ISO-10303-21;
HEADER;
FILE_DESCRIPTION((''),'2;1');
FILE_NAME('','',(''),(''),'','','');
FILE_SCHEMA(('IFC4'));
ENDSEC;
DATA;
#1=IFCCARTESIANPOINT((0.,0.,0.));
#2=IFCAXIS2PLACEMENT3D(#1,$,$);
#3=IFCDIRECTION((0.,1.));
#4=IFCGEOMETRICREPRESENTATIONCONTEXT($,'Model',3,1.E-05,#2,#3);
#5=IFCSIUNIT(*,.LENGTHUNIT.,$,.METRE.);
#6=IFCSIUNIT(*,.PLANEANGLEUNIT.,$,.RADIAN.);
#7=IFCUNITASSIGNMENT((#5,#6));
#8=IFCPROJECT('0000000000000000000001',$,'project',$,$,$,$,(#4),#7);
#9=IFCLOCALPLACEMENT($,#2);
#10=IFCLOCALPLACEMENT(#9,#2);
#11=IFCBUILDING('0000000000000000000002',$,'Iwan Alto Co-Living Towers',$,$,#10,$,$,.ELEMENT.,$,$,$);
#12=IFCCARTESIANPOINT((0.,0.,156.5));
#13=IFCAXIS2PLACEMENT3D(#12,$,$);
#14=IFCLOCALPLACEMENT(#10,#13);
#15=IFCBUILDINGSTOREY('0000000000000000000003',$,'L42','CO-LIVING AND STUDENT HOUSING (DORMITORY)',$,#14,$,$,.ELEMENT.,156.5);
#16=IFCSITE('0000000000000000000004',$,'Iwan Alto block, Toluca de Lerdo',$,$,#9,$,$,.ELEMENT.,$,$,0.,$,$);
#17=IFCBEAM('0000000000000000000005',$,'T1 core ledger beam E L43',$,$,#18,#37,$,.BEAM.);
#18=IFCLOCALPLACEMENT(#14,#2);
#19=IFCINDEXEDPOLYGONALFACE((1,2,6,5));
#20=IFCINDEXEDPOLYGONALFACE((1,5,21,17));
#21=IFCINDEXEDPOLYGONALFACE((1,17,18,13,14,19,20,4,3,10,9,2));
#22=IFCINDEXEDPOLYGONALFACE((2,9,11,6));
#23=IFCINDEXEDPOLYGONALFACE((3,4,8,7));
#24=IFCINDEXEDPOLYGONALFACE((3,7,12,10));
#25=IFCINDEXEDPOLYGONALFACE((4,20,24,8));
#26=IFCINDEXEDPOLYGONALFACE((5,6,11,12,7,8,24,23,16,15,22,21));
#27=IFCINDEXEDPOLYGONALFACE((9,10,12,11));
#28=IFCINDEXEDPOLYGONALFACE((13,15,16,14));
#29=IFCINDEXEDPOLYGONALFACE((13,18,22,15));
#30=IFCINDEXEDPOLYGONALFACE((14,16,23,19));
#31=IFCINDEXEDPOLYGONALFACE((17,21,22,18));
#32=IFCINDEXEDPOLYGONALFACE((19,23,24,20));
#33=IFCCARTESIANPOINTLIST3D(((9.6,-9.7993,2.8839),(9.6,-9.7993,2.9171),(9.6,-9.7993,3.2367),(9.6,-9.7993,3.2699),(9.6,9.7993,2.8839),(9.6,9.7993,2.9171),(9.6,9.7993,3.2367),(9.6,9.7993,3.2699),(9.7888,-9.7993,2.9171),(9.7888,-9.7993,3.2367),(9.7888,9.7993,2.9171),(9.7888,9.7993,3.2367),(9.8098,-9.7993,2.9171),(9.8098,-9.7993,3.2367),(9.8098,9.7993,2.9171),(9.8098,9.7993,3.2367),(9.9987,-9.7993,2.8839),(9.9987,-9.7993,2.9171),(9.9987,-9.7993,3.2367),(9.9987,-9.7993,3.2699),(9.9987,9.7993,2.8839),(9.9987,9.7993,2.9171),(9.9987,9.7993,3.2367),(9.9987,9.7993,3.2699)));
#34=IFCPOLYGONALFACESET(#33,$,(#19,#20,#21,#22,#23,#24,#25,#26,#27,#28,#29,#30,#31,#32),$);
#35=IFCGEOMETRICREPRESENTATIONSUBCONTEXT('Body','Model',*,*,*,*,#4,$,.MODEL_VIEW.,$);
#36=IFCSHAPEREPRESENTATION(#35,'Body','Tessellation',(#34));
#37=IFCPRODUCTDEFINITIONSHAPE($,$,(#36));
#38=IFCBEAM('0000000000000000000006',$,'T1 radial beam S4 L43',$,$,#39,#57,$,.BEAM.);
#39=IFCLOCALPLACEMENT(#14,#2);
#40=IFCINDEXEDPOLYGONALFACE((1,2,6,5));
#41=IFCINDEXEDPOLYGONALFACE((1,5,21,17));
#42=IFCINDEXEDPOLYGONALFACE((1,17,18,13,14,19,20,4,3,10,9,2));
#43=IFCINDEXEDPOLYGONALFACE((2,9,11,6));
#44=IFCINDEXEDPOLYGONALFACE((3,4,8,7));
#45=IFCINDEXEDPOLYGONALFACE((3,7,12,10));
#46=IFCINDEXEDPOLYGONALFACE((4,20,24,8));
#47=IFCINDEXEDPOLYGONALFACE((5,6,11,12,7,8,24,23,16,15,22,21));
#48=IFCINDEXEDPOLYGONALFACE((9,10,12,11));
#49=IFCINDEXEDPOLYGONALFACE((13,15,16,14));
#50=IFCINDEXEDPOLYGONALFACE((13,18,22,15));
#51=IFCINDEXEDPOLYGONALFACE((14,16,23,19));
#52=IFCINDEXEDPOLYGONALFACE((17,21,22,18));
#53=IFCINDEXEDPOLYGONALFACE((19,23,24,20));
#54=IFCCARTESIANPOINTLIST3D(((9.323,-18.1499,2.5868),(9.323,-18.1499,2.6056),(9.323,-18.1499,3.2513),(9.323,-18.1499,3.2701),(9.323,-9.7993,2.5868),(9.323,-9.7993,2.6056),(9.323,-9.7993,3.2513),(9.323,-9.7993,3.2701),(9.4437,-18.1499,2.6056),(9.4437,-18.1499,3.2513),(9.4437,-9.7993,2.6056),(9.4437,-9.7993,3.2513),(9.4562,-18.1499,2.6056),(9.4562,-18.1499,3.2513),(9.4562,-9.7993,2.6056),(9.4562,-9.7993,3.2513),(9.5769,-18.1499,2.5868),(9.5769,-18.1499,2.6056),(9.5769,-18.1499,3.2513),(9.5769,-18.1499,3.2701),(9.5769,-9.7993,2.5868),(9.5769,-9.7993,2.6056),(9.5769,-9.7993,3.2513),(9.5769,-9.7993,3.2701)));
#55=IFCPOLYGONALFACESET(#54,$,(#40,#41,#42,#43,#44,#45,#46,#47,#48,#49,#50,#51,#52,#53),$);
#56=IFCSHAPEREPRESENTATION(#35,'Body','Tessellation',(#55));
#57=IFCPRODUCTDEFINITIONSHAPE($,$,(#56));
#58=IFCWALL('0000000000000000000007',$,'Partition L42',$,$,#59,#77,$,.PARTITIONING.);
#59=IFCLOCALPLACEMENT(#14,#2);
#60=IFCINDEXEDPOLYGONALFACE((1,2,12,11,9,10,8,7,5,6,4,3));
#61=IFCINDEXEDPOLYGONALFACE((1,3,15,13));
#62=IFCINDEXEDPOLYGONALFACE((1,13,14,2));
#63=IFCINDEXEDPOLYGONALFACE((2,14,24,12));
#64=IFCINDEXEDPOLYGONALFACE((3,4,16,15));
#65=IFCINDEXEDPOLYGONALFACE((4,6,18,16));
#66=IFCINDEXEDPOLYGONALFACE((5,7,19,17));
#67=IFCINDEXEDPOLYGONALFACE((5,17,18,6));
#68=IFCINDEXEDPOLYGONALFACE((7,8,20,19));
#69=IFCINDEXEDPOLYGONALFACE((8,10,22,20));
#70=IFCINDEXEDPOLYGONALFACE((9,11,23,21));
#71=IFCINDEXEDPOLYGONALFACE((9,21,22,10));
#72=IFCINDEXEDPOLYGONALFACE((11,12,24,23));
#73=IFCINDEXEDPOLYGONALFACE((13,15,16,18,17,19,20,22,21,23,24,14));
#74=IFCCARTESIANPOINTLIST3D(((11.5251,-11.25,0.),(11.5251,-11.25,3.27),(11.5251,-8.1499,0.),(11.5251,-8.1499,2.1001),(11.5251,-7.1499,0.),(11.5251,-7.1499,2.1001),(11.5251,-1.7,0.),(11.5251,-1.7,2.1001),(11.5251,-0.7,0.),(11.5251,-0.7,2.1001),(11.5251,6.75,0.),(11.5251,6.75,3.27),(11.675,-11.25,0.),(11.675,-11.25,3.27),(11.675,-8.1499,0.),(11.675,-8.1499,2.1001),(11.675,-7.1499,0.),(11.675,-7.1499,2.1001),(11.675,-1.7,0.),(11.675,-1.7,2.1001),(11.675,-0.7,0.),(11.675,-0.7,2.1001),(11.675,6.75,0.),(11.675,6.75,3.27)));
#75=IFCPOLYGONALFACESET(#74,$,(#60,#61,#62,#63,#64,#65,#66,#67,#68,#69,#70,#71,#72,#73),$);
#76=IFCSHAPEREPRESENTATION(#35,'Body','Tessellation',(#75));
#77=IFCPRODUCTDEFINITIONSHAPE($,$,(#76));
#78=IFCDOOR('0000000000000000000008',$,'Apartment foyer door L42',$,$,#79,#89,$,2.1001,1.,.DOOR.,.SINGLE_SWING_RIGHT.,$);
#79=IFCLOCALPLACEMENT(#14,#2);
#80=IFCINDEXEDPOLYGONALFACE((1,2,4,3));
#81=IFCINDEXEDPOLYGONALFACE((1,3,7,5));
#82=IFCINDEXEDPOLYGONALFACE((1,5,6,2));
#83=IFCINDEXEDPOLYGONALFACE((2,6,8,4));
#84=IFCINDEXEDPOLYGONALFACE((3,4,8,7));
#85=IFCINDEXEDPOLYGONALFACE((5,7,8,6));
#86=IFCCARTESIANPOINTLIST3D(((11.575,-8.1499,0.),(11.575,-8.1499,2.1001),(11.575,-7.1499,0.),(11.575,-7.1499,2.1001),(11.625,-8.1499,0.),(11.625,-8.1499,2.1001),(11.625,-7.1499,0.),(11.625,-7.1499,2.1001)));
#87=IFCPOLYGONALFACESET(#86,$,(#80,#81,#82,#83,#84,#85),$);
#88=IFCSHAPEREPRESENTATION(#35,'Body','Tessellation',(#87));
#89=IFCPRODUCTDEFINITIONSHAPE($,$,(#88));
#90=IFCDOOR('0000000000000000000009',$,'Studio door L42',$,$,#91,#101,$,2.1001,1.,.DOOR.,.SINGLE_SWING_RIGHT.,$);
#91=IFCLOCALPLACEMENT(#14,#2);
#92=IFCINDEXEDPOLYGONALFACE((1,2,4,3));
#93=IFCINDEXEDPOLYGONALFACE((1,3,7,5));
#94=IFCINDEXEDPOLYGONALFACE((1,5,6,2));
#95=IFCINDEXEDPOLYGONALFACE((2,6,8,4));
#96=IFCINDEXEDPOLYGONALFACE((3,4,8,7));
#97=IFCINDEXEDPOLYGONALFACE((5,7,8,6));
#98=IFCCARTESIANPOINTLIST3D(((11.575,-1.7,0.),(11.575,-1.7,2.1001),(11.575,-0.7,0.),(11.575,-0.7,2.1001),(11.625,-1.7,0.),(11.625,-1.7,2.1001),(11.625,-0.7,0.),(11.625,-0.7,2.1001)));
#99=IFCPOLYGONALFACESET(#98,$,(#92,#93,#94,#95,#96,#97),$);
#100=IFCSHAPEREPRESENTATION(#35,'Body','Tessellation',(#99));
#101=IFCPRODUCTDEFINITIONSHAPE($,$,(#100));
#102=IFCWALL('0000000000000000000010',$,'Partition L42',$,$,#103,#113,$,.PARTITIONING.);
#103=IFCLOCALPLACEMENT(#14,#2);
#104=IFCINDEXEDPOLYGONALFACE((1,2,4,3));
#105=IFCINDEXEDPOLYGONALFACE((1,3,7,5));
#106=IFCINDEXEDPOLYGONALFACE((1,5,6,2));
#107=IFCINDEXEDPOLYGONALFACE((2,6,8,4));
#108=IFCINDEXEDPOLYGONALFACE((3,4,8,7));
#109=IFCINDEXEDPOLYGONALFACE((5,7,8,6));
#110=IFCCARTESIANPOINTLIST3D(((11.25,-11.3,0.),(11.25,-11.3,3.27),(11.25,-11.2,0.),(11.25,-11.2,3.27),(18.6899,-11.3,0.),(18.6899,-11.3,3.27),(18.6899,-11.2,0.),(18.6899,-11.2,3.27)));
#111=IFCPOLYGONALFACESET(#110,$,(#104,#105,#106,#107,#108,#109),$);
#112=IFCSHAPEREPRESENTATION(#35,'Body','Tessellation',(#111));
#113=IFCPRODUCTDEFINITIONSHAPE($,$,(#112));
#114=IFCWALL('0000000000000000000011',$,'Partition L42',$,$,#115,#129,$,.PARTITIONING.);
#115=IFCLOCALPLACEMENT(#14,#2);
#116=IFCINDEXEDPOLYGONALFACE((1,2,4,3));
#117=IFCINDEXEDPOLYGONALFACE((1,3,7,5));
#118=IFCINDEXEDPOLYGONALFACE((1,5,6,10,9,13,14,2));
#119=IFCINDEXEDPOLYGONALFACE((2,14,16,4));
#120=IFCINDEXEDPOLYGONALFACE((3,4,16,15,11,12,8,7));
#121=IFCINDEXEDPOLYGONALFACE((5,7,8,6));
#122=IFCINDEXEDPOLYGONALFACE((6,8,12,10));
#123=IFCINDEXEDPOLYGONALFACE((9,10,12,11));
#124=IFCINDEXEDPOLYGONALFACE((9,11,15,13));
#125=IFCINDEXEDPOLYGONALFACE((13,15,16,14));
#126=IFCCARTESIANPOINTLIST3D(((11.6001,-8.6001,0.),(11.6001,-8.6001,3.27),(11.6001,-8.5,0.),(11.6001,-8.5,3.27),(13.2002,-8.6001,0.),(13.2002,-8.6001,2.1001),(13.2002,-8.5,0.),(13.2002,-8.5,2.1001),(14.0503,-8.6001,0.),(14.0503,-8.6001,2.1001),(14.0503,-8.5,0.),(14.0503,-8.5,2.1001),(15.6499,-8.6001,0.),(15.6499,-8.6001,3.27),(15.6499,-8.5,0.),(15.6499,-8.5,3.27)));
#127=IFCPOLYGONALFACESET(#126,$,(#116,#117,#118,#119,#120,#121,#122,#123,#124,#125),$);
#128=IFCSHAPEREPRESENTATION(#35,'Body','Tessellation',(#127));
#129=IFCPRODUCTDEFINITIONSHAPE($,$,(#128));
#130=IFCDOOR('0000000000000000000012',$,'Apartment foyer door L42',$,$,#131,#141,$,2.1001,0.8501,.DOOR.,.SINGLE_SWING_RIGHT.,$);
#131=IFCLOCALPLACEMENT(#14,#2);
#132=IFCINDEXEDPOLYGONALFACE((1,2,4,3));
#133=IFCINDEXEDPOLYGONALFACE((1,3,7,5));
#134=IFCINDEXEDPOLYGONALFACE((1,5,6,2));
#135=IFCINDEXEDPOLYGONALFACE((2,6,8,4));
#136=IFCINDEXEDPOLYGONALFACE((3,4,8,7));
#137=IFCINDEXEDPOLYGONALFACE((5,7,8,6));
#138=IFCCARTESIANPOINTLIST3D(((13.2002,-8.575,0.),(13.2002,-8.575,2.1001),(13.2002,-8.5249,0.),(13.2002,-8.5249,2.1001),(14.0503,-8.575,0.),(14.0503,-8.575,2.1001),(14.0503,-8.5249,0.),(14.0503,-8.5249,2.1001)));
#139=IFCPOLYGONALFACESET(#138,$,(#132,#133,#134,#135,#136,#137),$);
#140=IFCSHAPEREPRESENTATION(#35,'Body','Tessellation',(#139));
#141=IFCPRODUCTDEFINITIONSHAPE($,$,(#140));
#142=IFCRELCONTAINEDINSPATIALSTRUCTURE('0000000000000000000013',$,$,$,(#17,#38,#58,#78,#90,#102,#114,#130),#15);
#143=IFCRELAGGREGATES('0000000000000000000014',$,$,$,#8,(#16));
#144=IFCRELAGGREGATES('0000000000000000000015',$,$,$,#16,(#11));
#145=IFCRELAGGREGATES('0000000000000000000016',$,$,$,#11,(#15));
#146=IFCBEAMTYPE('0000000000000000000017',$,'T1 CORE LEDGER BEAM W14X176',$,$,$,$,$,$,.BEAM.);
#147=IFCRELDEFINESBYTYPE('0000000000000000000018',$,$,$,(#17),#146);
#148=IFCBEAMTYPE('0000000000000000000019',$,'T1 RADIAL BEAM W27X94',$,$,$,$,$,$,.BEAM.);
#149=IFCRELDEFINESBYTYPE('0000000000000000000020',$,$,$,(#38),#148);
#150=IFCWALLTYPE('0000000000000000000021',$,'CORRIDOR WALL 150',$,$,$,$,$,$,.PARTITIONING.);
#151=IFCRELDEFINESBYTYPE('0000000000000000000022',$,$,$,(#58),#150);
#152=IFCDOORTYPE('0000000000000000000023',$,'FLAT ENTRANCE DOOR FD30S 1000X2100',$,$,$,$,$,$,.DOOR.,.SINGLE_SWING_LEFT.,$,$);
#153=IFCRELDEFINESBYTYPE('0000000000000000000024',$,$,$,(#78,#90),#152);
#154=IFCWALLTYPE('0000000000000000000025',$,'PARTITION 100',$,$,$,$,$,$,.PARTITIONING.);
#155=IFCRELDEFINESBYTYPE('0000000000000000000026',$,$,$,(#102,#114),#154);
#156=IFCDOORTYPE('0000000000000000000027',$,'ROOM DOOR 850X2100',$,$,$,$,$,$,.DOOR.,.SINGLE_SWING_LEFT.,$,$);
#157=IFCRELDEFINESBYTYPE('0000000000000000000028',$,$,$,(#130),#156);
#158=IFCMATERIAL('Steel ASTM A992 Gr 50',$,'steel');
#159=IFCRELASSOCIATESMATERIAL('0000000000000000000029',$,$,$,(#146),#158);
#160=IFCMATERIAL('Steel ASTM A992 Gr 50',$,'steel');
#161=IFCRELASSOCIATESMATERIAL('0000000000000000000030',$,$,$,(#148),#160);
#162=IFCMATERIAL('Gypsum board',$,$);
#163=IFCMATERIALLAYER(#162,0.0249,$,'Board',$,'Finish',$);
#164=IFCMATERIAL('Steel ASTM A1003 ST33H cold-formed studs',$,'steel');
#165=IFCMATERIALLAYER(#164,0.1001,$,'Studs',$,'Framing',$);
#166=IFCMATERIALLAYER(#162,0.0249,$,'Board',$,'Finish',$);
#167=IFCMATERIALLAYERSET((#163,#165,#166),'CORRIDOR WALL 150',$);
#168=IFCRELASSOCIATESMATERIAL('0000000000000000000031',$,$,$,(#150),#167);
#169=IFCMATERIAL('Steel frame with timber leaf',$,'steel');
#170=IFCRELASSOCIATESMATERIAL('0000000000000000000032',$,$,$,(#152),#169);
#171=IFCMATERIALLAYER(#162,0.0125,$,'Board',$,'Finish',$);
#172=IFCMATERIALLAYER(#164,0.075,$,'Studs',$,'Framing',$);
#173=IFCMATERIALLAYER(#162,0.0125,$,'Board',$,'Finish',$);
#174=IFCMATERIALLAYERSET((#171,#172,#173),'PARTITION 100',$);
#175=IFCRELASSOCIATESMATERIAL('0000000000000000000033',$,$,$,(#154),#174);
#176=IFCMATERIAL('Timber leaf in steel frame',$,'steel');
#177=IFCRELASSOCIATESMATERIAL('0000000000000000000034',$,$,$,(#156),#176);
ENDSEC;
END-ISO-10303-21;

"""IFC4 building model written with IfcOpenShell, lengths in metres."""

from ifc_helpers import new_model, si_unit, direction, frame, frame_2d, origin, origin_2d, place, context, subcontext, project, spatial, rectangle, i_section, extrude, material, layer, layer_set, material_profile, profile_set, type_object, element, fill, save


model = new_model("IFC4")

# Units and contexts
model_context = context("Model", 3, precision=1e-05, world=origin(), true_north=direction((0.0, 1.0)))
body_context = subcontext(model_context, "Body", "Model", "MODEL_VIEW")
ifc_project = project(units=[si_unit("LENGTHUNIT", "METRE"), si_unit("PLANEANGLEUNIT", "RADIAN")], contexts=[model_context])

# Site, building, storey
site_placement = place(None, origin())
site = spatial("IfcSite", under=ifc_project, at=site_placement, Name="Iwan Alto block, Toluca de Lerdo", CompositionType="ELEMENT", RefElevation=0.0)
building_placement = place(site_placement, origin())
building = spatial("IfcBuilding", under=site, at=building_placement, Name="Iwan Alto Co-Living Towers", CompositionType="ELEMENT")
storey_placement = place(building_placement, frame((0.0, 0.0, 156.5)))
storey = spatial("IfcBuildingStorey", under=building, at=storey_placement, Name="L42", Description="CO-LIVING AND STUDENT HOUSING (DORMITORY)", CompositionType="ELEMENT", Elevation=156.5)

# Beams
ifc_material_1 = material(Name="Steel ASTM A992 Gr 50", Category="steel")
ifc_material_profile_1 = material_profile(ifc_material_1, i_section(OverallWidth=0.3987, OverallDepth=0.386, WebThickness=0.021, FlangeThickness=0.0332, at=origin_2d()), Name="W14X176")
ifc_profile_set_1 = profile_set([ifc_material_profile_1], Name="Steel ASTM A992 Gr 50")
beam_type_1 = type_object("IfcBeamType", Name="T1 CORE LEDGER BEAM W14X176", PredefinedType="BEAM", material=ifc_profile_set_1)
beam_1_placement = place(storey_placement, frame((9.7993, -9.7993, 3.0769), z_axis=(0.0, 1.0, 0.0), x_axis=(-1.0, 0.0, 0.0)))
element("IfcBeam", 1, at=beam_1_placement, inside=storey, type_object=beam_type_1, Name="T1 core ledger beam E L43", PredefinedType="BEAM", context=body_context, shape_type="SweptSolid", body=[
    extrude(i_section(OverallWidth=0.3987, OverallDepth=0.386, WebThickness=0.021, FlangeThickness=0.0332, at=origin_2d()), origin(), (0.0, 0.0, 1.0), 19.5986),
])
ifc_material_2 = material(Name="Steel ASTM A992 Gr 50", Category="steel")
ifc_material_profile_2 = material_profile(ifc_material_2, i_section(OverallWidth=0.2539, OverallDepth=0.6833, WebThickness=0.0125, FlangeThickness=0.0188, at=origin_2d()), Name="W27X94")
ifc_profile_set_2 = profile_set([ifc_material_profile_2], Name="Steel ASTM A992 Gr 50")
beam_type_2 = type_object("IfcBeamType", Name="T1 RADIAL BEAM W27X94", PredefinedType="BEAM", material=ifc_profile_set_2)
beam_2_placement = place(storey_placement, frame((9.45, -18.1499, 2.9285), z_axis=(0.0, 1.0, 0.0), x_axis=(-1.0, 0.0, 0.0)))
element("IfcBeam", 2, at=beam_2_placement, inside=storey, type_object=beam_type_2, Name="T1 radial beam S4 L43", PredefinedType="BEAM", context=body_context, shape_type="SweptSolid", body=[
    extrude(i_section(OverallWidth=0.2539, OverallDepth=0.6833, WebThickness=0.0125, FlangeThickness=0.0188, at=origin_2d()), origin(), (0.0, 0.0, 1.0), 8.3506),
])

# Wall, openings, doors
ifc_material_3 = material(Name="Gypsum board")
ifc_layer_1 = layer(ifc_material_3, 0.0249, Name="Board", Category="Finish")
ifc_material_4 = material(Name="Steel ASTM A1003 ST33H cold-formed studs", Category="steel")
ifc_layer_2 = layer(ifc_material_4, 0.1001, Name="Studs", Category="Framing")
ifc_layer_3 = layer(ifc_material_3, 0.0249, Name="Board", Category="Finish")
ifc_layer_set_1 = layer_set([ifc_layer_1, ifc_layer_2, ifc_layer_3], Name="CORRIDOR WALL 150")
wall_type_1 = type_object("IfcWallType", Name="CORRIDOR WALL 150", PredefinedType="PARTITIONING", material=ifc_layer_set_1)
wall_1_placement = place(storey_placement, frame((11.6001, -11.25, 0.0), z_axis=(0.0, 0.0, 1.0), x_axis=(0.0, 1.0, 0.0)))
wall_1 = element("IfcWall", 3, at=wall_1_placement, inside=storey, type_object=wall_type_1, Name="Partition L42", PredefinedType="PARTITIONING", context=body_context, shape_type="SweptSolid", body=[
    extrude(rectangle(XDim=18.0, YDim=0.1499, at=frame_2d((9.0, 0.0))), origin(), (0.0, 0.0, 1.0), 3.27),
])
opening_1_placement = place(wall_1_placement, frame((3.1001, 0.0, 0.0)))
opening_1 = element("IfcOpeningElement", 4, at=opening_1_placement, cuts=wall_1, PredefinedType="OPENING", context=body_context, shape_type="SweptSolid", body=[
    extrude(rectangle(XDim=1.0, YDim=2.1001, at=frame_2d((0.5, 1.05))), frame((0.0, 0.085, 0.0), z_axis=(0.0, -1.0, 0.0), x_axis=(1.0, 0.0, 0.0)), (0.0, 0.0, 1.0), 0.1699),
])
opening_2_placement = place(wall_1_placement, frame((9.55, 0.0, 0.0)))
opening_2 = element("IfcOpeningElement", 5, at=opening_2_placement, cuts=wall_1, PredefinedType="OPENING", context=body_context, shape_type="SweptSolid", body=[
    extrude(rectangle(XDim=1.0, YDim=2.1001, at=frame_2d((0.5, 1.05))), frame((0.0, 0.085, 0.0), z_axis=(0.0, -1.0, 0.0), x_axis=(1.0, 0.0, 0.0)), (0.0, 0.0, 1.0), 0.1699),
])
ifc_material_5 = material(Name="Steel frame with timber leaf", Category="steel")
door_type_1 = type_object("IfcDoorType", Name="FLAT ENTRANCE DOOR FD30S 1000X2100", OperationType="SINGLE_SWING_LEFT", PredefinedType="DOOR", material=ifc_material_5)
door_1_placement = place(opening_1_placement, frame((1.0, 0.0, 0.0), z_axis=(0.0, 0.0, 1.0), x_axis=(-1.0, 0.0, 0.0)))
door_1 = element("IfcDoor", 6, at=door_1_placement, inside=storey, type_object=door_type_1, Name="Apartment foyer door L42", OperationType="SINGLE_SWING_RIGHT", OverallHeight=2.1001, OverallWidth=1.0, PredefinedType="DOOR", context=body_context, shape_type="SweptSolid", body=[
    extrude(rectangle(XDim=1.0, YDim=2.1001, at=frame_2d((0.5, 1.05))), frame((0.0, 0.0249, 0.0), z_axis=(0.0, -1.0, 0.0), x_axis=(1.0, 0.0, 0.0)), (0.0, 0.0, 1.0), 0.05),
])
fill(opening_1, door_1)
door_2_placement = place(opening_2_placement, frame((1.0, 0.0, 0.0), z_axis=(0.0, 0.0, 1.0), x_axis=(-1.0, 0.0, 0.0)))
door_2 = element("IfcDoor", 7, at=door_2_placement, inside=storey, type_object=door_type_1, Name="Studio door L42", OperationType="SINGLE_SWING_RIGHT", OverallHeight=2.1001, OverallWidth=1.0, PredefinedType="DOOR", context=body_context, shape_type="SweptSolid", body=[
    extrude(rectangle(XDim=1.0, YDim=2.1001, at=frame_2d((0.5, 1.05))), frame((0.0, 0.0249, 0.0), z_axis=(0.0, -1.0, 0.0), x_axis=(1.0, 0.0, 0.0)), (0.0, 0.0, 1.0), 0.05),
])
fill(opening_2, door_2)

# Wall
ifc_layer_4 = layer(ifc_material_3, 0.0125, Name="Board", Category="Finish")
ifc_layer_5 = layer(ifc_material_4, 0.075, Name="Studs", Category="Framing")
ifc_layer_6 = layer(ifc_material_3, 0.0125, Name="Board", Category="Finish")
ifc_layer_set_2 = layer_set([ifc_layer_4, ifc_layer_5, ifc_layer_6], Name="PARTITION 100")
wall_type_2 = type_object("IfcWallType", Name="PARTITION 100", PredefinedType="PARTITIONING", material=ifc_layer_set_2)
wall_2_placement = place(storey_placement, frame((11.25, -11.25, 0.0), z_axis=(0.0, 0.0, 1.0), x_axis=(1.0, 0.0, 0.0)))
element("IfcWall", 8, at=wall_2_placement, inside=storey, type_object=wall_type_2, Name="Partition L42", PredefinedType="PARTITIONING", context=body_context, shape_type="SweptSolid", body=[
    extrude(rectangle(XDim=7.4399, YDim=0.1001, at=frame_2d((3.72, 0.0))), origin(), (0.0, 0.0, 1.0), 3.27),
])

# Wall, opening, door
wall_3_placement = place(storey_placement, frame((11.6001, -8.55, 0.0), z_axis=(0.0, 0.0, 1.0), x_axis=(1.0, 0.0, 0.0)))
wall_3 = element("IfcWall", 9, at=wall_3_placement, inside=storey, type_object=wall_type_2, Name="Partition L42", PredefinedType="PARTITIONING", context=body_context, shape_type="SweptSolid", body=[
    extrude(rectangle(XDim=4.0498, YDim=0.1001, at=frame_2d((2.0249, 0.0))), origin(), (0.0, 0.0, 1.0), 3.27),
])
opening_3_placement = place(wall_3_placement, frame((1.6001, 0.0, 0.0)))
opening_3 = element("IfcOpeningElement", 10, at=opening_3_placement, cuts=wall_3, PredefinedType="OPENING", context=body_context, shape_type="SweptSolid", body=[
    extrude(rectangle(XDim=0.8501, YDim=2.1001, at=frame_2d((0.425, 1.05))), frame((0.0, 0.0601, 0.0), z_axis=(0.0, -1.0, 0.0), x_axis=(1.0, 0.0, 0.0)), (0.0, 0.0, 1.0), 0.1201),
])
ifc_material_6 = material(Name="Timber leaf in steel frame", Category="steel")
door_type_2 = type_object("IfcDoorType", Name="ROOM DOOR 850X2100", OperationType="SINGLE_SWING_LEFT", PredefinedType="DOOR", material=ifc_material_6)
door_3_placement = place(opening_3_placement, frame((0.8501, 0.0, 0.0), z_axis=(0.0, 0.0, 1.0), x_axis=(-1.0, 0.0, 0.0)))
door_3 = element("IfcDoor", 11, at=door_3_placement, inside=storey, type_object=door_type_2, Name="Apartment foyer door L42", OperationType="SINGLE_SWING_RIGHT", OverallHeight=2.1001, OverallWidth=0.8501, PredefinedType="DOOR", context=body_context, shape_type="SweptSolid", body=[
    extrude(rectangle(XDim=0.8501, YDim=2.1001, at=frame_2d((0.425, 1.05))), frame((0.0, 0.0249, 0.0), z_axis=(0.0, -1.0, 0.0), x_axis=(1.0, 0.0, 0.0)), (0.0, 0.0, 1.0), 0.05),
])
fill(opening_3, door_3)

save(model, "model.ifc")
